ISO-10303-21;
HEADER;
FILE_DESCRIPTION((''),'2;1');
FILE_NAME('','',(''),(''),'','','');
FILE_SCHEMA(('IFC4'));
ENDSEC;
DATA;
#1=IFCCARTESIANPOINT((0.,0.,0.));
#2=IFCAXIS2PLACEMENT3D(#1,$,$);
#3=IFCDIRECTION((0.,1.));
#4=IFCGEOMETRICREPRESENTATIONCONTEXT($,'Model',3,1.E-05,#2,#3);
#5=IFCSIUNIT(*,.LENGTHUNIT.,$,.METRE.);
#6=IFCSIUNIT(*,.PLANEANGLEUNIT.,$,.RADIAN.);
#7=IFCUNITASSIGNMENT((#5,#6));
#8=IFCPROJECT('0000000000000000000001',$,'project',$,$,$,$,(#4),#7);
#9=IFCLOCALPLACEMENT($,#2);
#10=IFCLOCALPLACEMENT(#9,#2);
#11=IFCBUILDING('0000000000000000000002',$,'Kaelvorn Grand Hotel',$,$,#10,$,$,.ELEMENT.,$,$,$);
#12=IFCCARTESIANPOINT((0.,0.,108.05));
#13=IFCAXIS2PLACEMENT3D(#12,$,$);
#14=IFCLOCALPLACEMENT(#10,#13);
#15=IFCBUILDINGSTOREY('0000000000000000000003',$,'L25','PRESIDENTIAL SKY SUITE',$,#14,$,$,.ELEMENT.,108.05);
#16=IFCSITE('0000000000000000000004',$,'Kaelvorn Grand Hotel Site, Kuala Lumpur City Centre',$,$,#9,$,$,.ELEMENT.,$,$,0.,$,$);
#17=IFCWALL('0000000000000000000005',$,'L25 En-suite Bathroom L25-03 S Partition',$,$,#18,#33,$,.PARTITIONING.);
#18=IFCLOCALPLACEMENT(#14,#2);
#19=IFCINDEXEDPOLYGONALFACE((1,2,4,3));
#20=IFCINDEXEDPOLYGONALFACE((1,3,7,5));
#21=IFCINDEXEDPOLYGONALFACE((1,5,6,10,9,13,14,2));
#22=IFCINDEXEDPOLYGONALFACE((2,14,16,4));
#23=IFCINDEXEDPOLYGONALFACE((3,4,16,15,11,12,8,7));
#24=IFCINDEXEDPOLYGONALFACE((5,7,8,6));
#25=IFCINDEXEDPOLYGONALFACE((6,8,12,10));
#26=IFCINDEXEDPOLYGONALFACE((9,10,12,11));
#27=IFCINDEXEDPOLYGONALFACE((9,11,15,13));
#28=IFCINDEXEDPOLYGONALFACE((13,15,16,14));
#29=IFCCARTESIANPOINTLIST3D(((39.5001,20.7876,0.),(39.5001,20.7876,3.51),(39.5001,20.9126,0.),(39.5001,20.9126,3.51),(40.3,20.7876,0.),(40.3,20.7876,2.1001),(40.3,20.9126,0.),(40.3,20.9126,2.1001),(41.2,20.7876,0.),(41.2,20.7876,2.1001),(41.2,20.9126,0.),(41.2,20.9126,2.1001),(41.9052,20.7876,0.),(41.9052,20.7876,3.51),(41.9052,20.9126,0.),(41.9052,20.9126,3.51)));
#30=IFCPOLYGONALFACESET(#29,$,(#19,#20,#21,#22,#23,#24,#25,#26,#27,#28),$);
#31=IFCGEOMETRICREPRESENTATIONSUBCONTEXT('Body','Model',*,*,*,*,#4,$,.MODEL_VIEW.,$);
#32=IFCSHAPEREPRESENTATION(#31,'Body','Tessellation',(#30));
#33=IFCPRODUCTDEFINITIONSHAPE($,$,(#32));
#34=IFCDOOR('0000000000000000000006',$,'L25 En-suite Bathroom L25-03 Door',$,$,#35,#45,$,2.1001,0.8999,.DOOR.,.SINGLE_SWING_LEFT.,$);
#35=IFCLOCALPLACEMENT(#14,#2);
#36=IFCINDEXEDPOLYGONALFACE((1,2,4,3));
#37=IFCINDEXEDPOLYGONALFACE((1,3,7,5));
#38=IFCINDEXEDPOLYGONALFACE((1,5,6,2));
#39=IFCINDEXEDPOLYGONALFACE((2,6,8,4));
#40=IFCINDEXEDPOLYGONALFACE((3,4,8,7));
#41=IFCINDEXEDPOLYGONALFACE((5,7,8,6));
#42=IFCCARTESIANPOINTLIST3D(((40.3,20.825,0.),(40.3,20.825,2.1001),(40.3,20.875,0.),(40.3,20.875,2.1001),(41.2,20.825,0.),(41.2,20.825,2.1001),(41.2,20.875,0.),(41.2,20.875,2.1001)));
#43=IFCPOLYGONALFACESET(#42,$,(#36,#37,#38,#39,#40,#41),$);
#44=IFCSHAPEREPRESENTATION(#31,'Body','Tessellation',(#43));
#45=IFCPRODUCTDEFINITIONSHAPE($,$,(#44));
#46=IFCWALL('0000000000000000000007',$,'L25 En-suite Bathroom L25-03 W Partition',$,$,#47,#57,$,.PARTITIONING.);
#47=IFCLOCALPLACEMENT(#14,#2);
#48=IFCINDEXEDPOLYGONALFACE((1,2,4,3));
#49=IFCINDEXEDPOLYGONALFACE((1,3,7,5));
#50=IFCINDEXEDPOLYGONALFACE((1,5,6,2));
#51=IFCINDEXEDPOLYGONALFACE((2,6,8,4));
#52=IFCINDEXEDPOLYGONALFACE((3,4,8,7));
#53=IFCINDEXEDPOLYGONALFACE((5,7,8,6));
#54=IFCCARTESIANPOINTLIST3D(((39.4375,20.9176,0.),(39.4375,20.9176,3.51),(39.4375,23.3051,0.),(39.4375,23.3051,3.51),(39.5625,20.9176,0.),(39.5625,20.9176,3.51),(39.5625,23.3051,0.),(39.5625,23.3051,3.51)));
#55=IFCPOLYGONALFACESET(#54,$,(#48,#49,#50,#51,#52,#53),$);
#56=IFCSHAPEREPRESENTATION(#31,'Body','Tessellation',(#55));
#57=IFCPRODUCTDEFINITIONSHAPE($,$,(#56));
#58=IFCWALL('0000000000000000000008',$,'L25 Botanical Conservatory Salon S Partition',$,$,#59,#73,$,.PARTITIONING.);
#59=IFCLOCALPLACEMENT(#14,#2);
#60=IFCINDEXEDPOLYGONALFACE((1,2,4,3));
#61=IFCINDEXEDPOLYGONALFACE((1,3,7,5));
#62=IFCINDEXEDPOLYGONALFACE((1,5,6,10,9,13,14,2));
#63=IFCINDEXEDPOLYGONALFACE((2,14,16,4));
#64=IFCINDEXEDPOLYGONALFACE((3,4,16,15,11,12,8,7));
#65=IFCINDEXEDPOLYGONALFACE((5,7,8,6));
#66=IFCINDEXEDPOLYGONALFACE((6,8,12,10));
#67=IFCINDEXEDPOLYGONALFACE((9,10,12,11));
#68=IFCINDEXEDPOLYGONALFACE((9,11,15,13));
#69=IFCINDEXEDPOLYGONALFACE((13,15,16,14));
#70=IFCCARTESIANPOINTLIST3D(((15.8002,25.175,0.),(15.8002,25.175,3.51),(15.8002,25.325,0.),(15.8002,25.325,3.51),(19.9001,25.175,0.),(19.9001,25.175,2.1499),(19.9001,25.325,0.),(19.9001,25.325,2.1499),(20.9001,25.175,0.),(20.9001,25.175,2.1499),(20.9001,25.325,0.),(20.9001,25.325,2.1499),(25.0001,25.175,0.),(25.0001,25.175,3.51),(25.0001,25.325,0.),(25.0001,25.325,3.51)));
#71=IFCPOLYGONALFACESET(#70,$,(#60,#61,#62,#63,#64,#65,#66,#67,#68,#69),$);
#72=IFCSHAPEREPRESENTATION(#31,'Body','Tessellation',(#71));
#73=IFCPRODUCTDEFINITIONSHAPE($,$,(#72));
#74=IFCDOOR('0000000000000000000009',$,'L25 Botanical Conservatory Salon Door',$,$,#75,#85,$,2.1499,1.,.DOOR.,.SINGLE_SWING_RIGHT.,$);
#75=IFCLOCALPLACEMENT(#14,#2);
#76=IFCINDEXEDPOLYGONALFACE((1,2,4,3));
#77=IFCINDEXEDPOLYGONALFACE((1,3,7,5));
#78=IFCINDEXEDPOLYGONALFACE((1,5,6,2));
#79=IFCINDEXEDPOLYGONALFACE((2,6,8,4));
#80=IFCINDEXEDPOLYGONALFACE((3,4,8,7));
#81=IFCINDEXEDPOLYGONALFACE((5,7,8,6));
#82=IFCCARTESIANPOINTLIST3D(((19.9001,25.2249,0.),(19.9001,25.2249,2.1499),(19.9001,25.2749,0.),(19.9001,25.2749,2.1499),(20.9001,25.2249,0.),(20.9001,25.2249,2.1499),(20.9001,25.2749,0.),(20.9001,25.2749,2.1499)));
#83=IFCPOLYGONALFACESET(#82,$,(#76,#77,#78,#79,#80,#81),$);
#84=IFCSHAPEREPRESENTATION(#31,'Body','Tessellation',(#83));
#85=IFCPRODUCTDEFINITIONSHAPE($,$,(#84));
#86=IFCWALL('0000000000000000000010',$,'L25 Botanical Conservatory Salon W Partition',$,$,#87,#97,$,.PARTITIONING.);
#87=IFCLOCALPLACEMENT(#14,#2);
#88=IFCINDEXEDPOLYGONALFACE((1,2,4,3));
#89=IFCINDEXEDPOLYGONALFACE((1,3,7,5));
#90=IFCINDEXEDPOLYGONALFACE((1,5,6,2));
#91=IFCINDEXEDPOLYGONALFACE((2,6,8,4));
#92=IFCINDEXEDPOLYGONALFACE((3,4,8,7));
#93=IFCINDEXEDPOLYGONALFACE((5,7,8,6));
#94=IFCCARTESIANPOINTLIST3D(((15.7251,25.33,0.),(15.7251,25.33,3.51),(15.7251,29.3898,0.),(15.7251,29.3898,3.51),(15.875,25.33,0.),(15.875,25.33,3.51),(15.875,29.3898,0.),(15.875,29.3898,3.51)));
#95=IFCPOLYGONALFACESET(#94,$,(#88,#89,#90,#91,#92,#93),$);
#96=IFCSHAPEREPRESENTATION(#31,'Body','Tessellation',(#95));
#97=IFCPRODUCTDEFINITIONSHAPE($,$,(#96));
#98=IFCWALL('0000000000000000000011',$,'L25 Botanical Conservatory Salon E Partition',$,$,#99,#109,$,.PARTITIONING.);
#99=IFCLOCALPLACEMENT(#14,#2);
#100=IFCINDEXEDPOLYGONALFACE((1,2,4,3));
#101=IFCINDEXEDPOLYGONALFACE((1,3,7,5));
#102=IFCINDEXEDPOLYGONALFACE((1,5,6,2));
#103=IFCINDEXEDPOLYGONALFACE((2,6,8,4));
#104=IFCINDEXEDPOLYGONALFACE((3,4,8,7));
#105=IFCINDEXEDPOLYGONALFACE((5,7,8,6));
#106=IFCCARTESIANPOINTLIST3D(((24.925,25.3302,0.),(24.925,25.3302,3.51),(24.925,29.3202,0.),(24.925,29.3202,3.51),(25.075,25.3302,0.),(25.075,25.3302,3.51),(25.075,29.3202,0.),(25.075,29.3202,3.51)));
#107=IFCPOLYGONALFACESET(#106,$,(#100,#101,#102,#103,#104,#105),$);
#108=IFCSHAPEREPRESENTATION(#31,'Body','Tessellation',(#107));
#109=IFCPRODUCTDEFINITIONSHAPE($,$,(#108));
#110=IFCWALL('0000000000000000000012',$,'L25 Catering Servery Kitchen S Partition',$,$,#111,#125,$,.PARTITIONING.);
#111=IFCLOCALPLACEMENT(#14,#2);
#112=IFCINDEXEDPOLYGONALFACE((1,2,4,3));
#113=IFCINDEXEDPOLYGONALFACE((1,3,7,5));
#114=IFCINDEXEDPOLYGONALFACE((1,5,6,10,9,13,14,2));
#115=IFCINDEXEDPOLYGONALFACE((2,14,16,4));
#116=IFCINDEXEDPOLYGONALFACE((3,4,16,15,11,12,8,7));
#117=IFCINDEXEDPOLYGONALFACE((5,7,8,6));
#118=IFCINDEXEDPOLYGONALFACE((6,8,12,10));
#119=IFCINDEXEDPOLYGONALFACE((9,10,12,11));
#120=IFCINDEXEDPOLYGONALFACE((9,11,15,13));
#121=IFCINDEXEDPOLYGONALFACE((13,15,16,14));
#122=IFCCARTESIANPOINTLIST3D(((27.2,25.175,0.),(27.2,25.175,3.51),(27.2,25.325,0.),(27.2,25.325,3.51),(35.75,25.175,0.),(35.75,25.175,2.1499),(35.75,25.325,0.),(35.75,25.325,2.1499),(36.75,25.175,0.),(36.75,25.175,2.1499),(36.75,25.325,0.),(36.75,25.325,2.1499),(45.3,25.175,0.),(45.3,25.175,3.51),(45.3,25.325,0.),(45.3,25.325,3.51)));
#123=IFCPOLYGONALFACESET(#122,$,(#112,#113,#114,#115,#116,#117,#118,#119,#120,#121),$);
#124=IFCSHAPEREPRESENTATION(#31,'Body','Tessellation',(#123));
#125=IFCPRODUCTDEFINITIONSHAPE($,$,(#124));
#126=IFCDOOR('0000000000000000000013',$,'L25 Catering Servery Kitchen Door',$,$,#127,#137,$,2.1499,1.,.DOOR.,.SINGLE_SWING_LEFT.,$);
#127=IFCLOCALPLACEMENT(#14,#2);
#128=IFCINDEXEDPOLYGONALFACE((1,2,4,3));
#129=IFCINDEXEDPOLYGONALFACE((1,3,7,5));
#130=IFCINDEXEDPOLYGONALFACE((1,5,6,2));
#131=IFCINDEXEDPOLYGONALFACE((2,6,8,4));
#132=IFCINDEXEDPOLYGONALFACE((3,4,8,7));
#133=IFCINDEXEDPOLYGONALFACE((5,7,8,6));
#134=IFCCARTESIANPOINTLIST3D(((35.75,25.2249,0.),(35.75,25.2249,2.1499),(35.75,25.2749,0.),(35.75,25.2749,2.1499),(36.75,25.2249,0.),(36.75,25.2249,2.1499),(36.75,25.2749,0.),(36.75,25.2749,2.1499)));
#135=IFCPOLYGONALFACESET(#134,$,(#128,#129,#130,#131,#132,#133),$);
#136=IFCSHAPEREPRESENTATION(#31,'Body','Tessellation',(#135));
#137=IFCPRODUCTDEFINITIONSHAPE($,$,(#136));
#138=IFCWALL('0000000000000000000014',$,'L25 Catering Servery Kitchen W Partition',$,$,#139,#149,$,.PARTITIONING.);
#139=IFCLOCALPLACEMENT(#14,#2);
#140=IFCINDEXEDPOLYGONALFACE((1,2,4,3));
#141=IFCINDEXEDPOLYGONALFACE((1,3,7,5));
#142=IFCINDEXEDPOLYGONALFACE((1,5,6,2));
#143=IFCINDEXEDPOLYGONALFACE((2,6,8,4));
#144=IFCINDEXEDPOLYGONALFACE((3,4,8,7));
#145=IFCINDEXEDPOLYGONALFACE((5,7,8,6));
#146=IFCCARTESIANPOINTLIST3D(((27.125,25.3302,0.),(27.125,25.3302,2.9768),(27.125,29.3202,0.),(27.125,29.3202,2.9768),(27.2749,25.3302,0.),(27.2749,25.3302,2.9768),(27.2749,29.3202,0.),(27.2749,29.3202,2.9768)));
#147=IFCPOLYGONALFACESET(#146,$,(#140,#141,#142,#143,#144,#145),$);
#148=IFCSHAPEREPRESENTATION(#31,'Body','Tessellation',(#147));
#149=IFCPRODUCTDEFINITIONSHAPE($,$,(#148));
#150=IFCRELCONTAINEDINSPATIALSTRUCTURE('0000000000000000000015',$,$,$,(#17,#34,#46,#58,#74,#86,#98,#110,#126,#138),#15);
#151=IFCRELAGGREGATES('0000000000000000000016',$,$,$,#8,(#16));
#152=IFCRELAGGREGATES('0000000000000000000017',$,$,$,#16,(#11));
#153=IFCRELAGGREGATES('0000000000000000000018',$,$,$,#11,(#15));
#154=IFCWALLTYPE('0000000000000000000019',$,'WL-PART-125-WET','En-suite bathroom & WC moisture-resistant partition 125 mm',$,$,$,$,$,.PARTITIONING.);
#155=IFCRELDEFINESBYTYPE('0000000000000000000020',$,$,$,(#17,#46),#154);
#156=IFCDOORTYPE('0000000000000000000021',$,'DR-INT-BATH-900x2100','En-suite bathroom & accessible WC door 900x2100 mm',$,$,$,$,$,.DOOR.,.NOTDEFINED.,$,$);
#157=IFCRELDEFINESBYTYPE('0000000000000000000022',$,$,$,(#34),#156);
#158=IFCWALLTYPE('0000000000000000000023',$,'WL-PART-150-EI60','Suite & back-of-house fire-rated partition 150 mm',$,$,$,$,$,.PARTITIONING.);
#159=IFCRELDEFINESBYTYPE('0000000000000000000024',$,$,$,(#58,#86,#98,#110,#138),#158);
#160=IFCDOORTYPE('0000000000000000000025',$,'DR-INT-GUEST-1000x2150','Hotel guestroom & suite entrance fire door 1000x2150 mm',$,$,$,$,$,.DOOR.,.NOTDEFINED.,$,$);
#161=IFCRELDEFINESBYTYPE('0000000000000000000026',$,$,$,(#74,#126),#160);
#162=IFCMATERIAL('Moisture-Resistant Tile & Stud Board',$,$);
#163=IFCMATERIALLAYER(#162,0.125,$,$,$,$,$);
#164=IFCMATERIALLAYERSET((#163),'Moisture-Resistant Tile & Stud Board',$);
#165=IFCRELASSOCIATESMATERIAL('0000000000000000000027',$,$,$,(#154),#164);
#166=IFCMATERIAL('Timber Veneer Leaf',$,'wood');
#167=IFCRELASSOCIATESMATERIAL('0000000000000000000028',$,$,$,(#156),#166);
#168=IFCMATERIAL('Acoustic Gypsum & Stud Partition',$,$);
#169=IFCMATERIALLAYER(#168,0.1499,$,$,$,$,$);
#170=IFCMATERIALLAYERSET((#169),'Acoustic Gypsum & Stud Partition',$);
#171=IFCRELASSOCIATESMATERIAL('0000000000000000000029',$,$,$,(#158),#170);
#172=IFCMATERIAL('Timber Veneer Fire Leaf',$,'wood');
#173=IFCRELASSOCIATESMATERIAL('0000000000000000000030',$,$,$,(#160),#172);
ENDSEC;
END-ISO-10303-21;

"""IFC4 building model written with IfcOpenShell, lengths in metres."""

from ifc_helpers import new_model, si_unit, direction, frame, frame_2d, origin, place, context, subcontext, project, spatial, rectangle, extrude, material, layer, layer_set, type_object, element, fill, save


model = new_model("IFC4")

# Units and contexts
model_context = context("Model", 3, precision=1e-05, world=origin(), true_north=direction((0.0, 1.0)))
body_context = subcontext(model_context, "Body", "Model", "MODEL_VIEW")
ifc_project = project(units=[si_unit("LENGTHUNIT", "METRE"), si_unit("PLANEANGLEUNIT", "RADIAN")], contexts=[model_context])

# Site, building, storey
site_placement = place(None, origin())
site = spatial("IfcSite", under=ifc_project, at=site_placement, Name="Kaelvorn Grand Hotel Site, Kuala Lumpur City Centre", CompositionType="ELEMENT", RefElevation=0.0)
building_placement = place(site_placement, origin())
building = spatial("IfcBuilding", under=site, at=building_placement, Name="Kaelvorn Grand Hotel", CompositionType="ELEMENT")
storey_placement = place(building_placement, frame((0.0, 0.0, 108.05)))
storey = spatial("IfcBuildingStorey", under=building, at=storey_placement, Name="L25", Description="PRESIDENTIAL SKY SUITE", CompositionType="ELEMENT", Elevation=108.05)

# Shared definitions
ifc_material_1 = material(Name="Moisture-Resistant Tile & Stud Board")
ifc_layer_1 = layer(ifc_material_1, 0.125)
ifc_layer_set_1 = layer_set([ifc_layer_1], Name="Moisture-Resistant Tile & Stud Board")
wall_type_1 = type_object("IfcWallType", Name="WL-PART-125-WET", Description="En-suite bathroom & WC moisture-resistant partition 125 mm", PredefinedType="PARTITIONING", material=ifc_layer_set_1)
ifc_material_2 = material(Name="Timber Veneer Leaf", Category="wood")
door_type_1 = type_object("IfcDoorType", Name="DR-INT-BATH-900x2100", Description="En-suite bathroom & accessible WC door 900x2100 mm", OperationType="NOTDEFINED", PredefinedType="DOOR", material=ifc_material_2)

# Wall, opening, door
wall_1_placement = place(storey_placement, frame((39.5, 20.8501, 0.0), z_axis=(0.0, 0.0, 1.0), x_axis=(1.0, 0.0, 0.0)))
wall_1 = element("IfcWall", 1, at=wall_1_placement, inside=storey, type_object=wall_type_1, Name="L25 En-suite Bathroom L25-03 S Partition", PredefinedType="PARTITIONING", context=body_context, shape_type="SweptSolid", body=[
    extrude(rectangle(XDim=2.405, YDim=0.125, at=frame_2d((1.2026, 0.0))), origin(), (0.0, 0.0, 1.0), 3.51),
])
opening_1_placement = place(wall_1_placement, frame((0.8, 0.0, 0.0)))
opening_1 = element("IfcOpeningElement", 2, at=opening_1_placement, cuts=wall_1, PredefinedType="OPENING", context=body_context, shape_type="SweptSolid", body=[
    extrude(rectangle(XDim=0.8999, YDim=2.1001, at=frame_2d((0.45, 1.05))), frame((0.0, 0.0725, 0.0), z_axis=(0.0, -1.0, 0.0), x_axis=(1.0, 0.0, 0.0)), (0.0, 0.0, 1.0), 0.145),
])
door_1_placement = place(opening_1_placement, origin())
door_1 = element("IfcDoor", 3, at=door_1_placement, inside=storey, type_object=door_type_1, Name="L25 En-suite Bathroom L25-03 Door", OperationType="SINGLE_SWING_LEFT", OverallHeight=2.1001, OverallWidth=0.8999, PredefinedType="DOOR", context=body_context, shape_type="SweptSolid", body=[
    extrude(rectangle(XDim=0.8999, YDim=2.1001, at=frame_2d((0.45, 1.05))), frame((0.0, 0.0249, 0.0), z_axis=(0.0, -1.0, 0.0), x_axis=(1.0, 0.0, 0.0)), (0.0, 0.0, 1.0), 0.05),
])
fill(opening_1, door_1)

# Wall
wall_2_placement = place(storey_placement, frame((39.5, 20.9175, 0.0), z_axis=(0.0, 0.0, 1.0), x_axis=(0.0, 1.0, 0.0)))
element("IfcWall", 4, at=wall_2_placement, inside=storey, type_object=wall_type_1, Name="L25 En-suite Bathroom L25-03 W Partition", PredefinedType="PARTITIONING", context=body_context, shape_type="SweptSolid", body=[
    extrude(rectangle(XDim=2.3875, YDim=0.125, at=frame_2d((1.1938, 0.0))), origin(), (0.0, 0.0, 1.0), 3.51),
])

# Wall, opening, door
ifc_material_3 = material(Name="Acoustic Gypsum & Stud Partition")
ifc_layer_2 = layer(ifc_material_3, 0.1499)
ifc_layer_set_2 = layer_set([ifc_layer_2], Name="Acoustic Gypsum & Stud Partition")
wall_type_2 = type_object("IfcWallType", Name="WL-PART-150-EI60", Description="Suite & back-of-house fire-rated partition 150 mm", PredefinedType="PARTITIONING", material=ifc_layer_set_2)
wall_3_placement = place(storey_placement, frame((15.8, 25.25, 0.0), z_axis=(0.0, 0.0, 1.0), x_axis=(1.0, 0.0, 0.0)))
wall_3 = element("IfcWall", 5, at=wall_3_placement, inside=storey, type_object=wall_type_2, Name="L25 Botanical Conservatory Salon S Partition", PredefinedType="PARTITIONING", context=body_context, shape_type="SweptSolid", body=[
    extrude(rectangle(XDim=9.2, YDim=0.1499, at=frame_2d((4.6001, 0.0))), origin(), (0.0, 0.0, 1.0), 3.51),
])
opening_2_placement = place(wall_3_placement, frame((4.1001, 0.0, 0.0)))
opening_2 = element("IfcOpeningElement", 6, at=opening_2_placement, cuts=wall_3, PredefinedType="OPENING", context=body_context, shape_type="SweptSolid", body=[
    extrude(rectangle(XDim=1.0, YDim=2.1499, at=frame_2d((0.5, 1.075))), frame((0.0, 0.085, 0.0), z_axis=(0.0, -1.0, 0.0), x_axis=(1.0, 0.0, 0.0)), (0.0, 0.0, 1.0), 0.1699),
])
ifc_material_4 = material(Name="Timber Veneer Fire Leaf", Category="wood")
door_type_2 = type_object("IfcDoorType", Name="DR-INT-GUEST-1000x2150", Description="Hotel guestroom & suite entrance fire door 1000x2150 mm", OperationType="NOTDEFINED", PredefinedType="DOOR", material=ifc_material_4)
door_2_placement = place(opening_2_placement, origin())
door_2 = element("IfcDoor", 7, at=door_2_placement, inside=storey, type_object=door_type_2, Name="L25 Botanical Conservatory Salon Door", OperationType="SINGLE_SWING_RIGHT", OverallHeight=2.1499, OverallWidth=1.0, PredefinedType="DOOR", context=body_context, shape_type="SweptSolid", body=[
    extrude(rectangle(XDim=1.0, YDim=2.1499, at=frame_2d((0.5, 1.075))), frame((0.0, 0.0249, 0.0), z_axis=(0.0, -1.0, 0.0), x_axis=(1.0, 0.0, 0.0)), (0.0, 0.0, 1.0), 0.05),
])
fill(opening_2, door_2)

# Walls
wall_4_placement = place(storey_placement, frame((15.8, 25.3301, 0.0), z_axis=(0.0, 0.0, 1.0), x_axis=(0.0, 1.0, 0.0)))
element("IfcWall", 8, at=wall_4_placement, inside=storey, type_object=wall_type_2, Name="L25 Botanical Conservatory Salon W Partition", PredefinedType="PARTITIONING", context=body_context, shape_type="SweptSolid", body=[
    extrude(rectangle(XDim=4.0598, YDim=0.1499, at=frame_2d((2.0298, 0.0))), origin(), (0.0, 0.0, 1.0), 3.51),
])
wall_5_placement = place(storey_placement, frame((25.0, 25.3301, 0.0), z_axis=(0.0, 0.0, 1.0), x_axis=(0.0, 1.0, 0.0)))
element("IfcWall", 9, at=wall_5_placement, inside=storey, type_object=wall_type_2, Name="L25 Botanical Conservatory Salon E Partition", PredefinedType="PARTITIONING", context=body_context, shape_type="SweptSolid", body=[
    extrude(rectangle(XDim=3.99, YDim=0.1499, at=frame_2d((1.9951, 0.0))), origin(), (0.0, 0.0, 1.0), 3.51),
])

# Wall, opening, door
wall_6_placement = place(storey_placement, frame((27.2, 25.25, 0.0), z_axis=(0.0, 0.0, 1.0), x_axis=(1.0, 0.0, 0.0)))
wall_6 = element("IfcWall", 10, at=wall_6_placement, inside=storey, type_object=wall_type_2, Name="L25 Catering Servery Kitchen S Partition", PredefinedType="PARTITIONING", context=body_context, shape_type="SweptSolid", body=[
    extrude(rectangle(XDim=18.1001, YDim=0.1499, at=frame_2d((9.05, 0.0))), origin(), (0.0, 0.0, 1.0), 3.51),
])
opening_3_placement = place(wall_6_placement, frame((8.55, 0.0, 0.0)))
opening_3 = element("IfcOpeningElement", 11, at=opening_3_placement, cuts=wall_6, PredefinedType="OPENING", context=body_context, shape_type="SweptSolid", body=[
    extrude(rectangle(XDim=1.0, YDim=2.1499, at=frame_2d((0.5, 1.075))), frame((0.0, 0.085, 0.0), z_axis=(0.0, -1.0, 0.0), x_axis=(1.0, 0.0, 0.0)), (0.0, 0.0, 1.0), 0.1699),
])
door_3_placement = place(opening_3_placement, origin())
door_3 = element("IfcDoor", 12, at=door_3_placement, inside=storey, type_object=door_type_2, Name="L25 Catering Servery Kitchen Door", OperationType="SINGLE_SWING_LEFT", OverallHeight=2.1499, OverallWidth=1.0, PredefinedType="DOOR", context=body_context, shape_type="SweptSolid", body=[
    extrude(rectangle(XDim=1.0, YDim=2.1499, at=frame_2d((0.5, 1.075))), frame((0.0, 0.0249, 0.0), z_axis=(0.0, -1.0, 0.0), x_axis=(1.0, 0.0, 0.0)), (0.0, 0.0, 1.0), 0.05),
])
fill(opening_3, door_3)

# Wall
wall_7_placement = place(storey_placement, frame((27.2, 25.3301, 0.0), z_axis=(0.0, 0.0, 1.0), x_axis=(0.0, 1.0, 0.0)))
element("IfcWall", 13, at=wall_7_placement, inside=storey, type_object=wall_type_2, Name="L25 Catering Servery Kitchen W Partition", PredefinedType="PARTITIONING", context=body_context, shape_type="SweptSolid", body=[
    extrude(rectangle(XDim=3.99, YDim=0.1499, at=frame_2d((1.9951, 0.0))), origin(), (0.0, 0.0, 1.0), 2.9768),
])

save(model, "model.ifc")
